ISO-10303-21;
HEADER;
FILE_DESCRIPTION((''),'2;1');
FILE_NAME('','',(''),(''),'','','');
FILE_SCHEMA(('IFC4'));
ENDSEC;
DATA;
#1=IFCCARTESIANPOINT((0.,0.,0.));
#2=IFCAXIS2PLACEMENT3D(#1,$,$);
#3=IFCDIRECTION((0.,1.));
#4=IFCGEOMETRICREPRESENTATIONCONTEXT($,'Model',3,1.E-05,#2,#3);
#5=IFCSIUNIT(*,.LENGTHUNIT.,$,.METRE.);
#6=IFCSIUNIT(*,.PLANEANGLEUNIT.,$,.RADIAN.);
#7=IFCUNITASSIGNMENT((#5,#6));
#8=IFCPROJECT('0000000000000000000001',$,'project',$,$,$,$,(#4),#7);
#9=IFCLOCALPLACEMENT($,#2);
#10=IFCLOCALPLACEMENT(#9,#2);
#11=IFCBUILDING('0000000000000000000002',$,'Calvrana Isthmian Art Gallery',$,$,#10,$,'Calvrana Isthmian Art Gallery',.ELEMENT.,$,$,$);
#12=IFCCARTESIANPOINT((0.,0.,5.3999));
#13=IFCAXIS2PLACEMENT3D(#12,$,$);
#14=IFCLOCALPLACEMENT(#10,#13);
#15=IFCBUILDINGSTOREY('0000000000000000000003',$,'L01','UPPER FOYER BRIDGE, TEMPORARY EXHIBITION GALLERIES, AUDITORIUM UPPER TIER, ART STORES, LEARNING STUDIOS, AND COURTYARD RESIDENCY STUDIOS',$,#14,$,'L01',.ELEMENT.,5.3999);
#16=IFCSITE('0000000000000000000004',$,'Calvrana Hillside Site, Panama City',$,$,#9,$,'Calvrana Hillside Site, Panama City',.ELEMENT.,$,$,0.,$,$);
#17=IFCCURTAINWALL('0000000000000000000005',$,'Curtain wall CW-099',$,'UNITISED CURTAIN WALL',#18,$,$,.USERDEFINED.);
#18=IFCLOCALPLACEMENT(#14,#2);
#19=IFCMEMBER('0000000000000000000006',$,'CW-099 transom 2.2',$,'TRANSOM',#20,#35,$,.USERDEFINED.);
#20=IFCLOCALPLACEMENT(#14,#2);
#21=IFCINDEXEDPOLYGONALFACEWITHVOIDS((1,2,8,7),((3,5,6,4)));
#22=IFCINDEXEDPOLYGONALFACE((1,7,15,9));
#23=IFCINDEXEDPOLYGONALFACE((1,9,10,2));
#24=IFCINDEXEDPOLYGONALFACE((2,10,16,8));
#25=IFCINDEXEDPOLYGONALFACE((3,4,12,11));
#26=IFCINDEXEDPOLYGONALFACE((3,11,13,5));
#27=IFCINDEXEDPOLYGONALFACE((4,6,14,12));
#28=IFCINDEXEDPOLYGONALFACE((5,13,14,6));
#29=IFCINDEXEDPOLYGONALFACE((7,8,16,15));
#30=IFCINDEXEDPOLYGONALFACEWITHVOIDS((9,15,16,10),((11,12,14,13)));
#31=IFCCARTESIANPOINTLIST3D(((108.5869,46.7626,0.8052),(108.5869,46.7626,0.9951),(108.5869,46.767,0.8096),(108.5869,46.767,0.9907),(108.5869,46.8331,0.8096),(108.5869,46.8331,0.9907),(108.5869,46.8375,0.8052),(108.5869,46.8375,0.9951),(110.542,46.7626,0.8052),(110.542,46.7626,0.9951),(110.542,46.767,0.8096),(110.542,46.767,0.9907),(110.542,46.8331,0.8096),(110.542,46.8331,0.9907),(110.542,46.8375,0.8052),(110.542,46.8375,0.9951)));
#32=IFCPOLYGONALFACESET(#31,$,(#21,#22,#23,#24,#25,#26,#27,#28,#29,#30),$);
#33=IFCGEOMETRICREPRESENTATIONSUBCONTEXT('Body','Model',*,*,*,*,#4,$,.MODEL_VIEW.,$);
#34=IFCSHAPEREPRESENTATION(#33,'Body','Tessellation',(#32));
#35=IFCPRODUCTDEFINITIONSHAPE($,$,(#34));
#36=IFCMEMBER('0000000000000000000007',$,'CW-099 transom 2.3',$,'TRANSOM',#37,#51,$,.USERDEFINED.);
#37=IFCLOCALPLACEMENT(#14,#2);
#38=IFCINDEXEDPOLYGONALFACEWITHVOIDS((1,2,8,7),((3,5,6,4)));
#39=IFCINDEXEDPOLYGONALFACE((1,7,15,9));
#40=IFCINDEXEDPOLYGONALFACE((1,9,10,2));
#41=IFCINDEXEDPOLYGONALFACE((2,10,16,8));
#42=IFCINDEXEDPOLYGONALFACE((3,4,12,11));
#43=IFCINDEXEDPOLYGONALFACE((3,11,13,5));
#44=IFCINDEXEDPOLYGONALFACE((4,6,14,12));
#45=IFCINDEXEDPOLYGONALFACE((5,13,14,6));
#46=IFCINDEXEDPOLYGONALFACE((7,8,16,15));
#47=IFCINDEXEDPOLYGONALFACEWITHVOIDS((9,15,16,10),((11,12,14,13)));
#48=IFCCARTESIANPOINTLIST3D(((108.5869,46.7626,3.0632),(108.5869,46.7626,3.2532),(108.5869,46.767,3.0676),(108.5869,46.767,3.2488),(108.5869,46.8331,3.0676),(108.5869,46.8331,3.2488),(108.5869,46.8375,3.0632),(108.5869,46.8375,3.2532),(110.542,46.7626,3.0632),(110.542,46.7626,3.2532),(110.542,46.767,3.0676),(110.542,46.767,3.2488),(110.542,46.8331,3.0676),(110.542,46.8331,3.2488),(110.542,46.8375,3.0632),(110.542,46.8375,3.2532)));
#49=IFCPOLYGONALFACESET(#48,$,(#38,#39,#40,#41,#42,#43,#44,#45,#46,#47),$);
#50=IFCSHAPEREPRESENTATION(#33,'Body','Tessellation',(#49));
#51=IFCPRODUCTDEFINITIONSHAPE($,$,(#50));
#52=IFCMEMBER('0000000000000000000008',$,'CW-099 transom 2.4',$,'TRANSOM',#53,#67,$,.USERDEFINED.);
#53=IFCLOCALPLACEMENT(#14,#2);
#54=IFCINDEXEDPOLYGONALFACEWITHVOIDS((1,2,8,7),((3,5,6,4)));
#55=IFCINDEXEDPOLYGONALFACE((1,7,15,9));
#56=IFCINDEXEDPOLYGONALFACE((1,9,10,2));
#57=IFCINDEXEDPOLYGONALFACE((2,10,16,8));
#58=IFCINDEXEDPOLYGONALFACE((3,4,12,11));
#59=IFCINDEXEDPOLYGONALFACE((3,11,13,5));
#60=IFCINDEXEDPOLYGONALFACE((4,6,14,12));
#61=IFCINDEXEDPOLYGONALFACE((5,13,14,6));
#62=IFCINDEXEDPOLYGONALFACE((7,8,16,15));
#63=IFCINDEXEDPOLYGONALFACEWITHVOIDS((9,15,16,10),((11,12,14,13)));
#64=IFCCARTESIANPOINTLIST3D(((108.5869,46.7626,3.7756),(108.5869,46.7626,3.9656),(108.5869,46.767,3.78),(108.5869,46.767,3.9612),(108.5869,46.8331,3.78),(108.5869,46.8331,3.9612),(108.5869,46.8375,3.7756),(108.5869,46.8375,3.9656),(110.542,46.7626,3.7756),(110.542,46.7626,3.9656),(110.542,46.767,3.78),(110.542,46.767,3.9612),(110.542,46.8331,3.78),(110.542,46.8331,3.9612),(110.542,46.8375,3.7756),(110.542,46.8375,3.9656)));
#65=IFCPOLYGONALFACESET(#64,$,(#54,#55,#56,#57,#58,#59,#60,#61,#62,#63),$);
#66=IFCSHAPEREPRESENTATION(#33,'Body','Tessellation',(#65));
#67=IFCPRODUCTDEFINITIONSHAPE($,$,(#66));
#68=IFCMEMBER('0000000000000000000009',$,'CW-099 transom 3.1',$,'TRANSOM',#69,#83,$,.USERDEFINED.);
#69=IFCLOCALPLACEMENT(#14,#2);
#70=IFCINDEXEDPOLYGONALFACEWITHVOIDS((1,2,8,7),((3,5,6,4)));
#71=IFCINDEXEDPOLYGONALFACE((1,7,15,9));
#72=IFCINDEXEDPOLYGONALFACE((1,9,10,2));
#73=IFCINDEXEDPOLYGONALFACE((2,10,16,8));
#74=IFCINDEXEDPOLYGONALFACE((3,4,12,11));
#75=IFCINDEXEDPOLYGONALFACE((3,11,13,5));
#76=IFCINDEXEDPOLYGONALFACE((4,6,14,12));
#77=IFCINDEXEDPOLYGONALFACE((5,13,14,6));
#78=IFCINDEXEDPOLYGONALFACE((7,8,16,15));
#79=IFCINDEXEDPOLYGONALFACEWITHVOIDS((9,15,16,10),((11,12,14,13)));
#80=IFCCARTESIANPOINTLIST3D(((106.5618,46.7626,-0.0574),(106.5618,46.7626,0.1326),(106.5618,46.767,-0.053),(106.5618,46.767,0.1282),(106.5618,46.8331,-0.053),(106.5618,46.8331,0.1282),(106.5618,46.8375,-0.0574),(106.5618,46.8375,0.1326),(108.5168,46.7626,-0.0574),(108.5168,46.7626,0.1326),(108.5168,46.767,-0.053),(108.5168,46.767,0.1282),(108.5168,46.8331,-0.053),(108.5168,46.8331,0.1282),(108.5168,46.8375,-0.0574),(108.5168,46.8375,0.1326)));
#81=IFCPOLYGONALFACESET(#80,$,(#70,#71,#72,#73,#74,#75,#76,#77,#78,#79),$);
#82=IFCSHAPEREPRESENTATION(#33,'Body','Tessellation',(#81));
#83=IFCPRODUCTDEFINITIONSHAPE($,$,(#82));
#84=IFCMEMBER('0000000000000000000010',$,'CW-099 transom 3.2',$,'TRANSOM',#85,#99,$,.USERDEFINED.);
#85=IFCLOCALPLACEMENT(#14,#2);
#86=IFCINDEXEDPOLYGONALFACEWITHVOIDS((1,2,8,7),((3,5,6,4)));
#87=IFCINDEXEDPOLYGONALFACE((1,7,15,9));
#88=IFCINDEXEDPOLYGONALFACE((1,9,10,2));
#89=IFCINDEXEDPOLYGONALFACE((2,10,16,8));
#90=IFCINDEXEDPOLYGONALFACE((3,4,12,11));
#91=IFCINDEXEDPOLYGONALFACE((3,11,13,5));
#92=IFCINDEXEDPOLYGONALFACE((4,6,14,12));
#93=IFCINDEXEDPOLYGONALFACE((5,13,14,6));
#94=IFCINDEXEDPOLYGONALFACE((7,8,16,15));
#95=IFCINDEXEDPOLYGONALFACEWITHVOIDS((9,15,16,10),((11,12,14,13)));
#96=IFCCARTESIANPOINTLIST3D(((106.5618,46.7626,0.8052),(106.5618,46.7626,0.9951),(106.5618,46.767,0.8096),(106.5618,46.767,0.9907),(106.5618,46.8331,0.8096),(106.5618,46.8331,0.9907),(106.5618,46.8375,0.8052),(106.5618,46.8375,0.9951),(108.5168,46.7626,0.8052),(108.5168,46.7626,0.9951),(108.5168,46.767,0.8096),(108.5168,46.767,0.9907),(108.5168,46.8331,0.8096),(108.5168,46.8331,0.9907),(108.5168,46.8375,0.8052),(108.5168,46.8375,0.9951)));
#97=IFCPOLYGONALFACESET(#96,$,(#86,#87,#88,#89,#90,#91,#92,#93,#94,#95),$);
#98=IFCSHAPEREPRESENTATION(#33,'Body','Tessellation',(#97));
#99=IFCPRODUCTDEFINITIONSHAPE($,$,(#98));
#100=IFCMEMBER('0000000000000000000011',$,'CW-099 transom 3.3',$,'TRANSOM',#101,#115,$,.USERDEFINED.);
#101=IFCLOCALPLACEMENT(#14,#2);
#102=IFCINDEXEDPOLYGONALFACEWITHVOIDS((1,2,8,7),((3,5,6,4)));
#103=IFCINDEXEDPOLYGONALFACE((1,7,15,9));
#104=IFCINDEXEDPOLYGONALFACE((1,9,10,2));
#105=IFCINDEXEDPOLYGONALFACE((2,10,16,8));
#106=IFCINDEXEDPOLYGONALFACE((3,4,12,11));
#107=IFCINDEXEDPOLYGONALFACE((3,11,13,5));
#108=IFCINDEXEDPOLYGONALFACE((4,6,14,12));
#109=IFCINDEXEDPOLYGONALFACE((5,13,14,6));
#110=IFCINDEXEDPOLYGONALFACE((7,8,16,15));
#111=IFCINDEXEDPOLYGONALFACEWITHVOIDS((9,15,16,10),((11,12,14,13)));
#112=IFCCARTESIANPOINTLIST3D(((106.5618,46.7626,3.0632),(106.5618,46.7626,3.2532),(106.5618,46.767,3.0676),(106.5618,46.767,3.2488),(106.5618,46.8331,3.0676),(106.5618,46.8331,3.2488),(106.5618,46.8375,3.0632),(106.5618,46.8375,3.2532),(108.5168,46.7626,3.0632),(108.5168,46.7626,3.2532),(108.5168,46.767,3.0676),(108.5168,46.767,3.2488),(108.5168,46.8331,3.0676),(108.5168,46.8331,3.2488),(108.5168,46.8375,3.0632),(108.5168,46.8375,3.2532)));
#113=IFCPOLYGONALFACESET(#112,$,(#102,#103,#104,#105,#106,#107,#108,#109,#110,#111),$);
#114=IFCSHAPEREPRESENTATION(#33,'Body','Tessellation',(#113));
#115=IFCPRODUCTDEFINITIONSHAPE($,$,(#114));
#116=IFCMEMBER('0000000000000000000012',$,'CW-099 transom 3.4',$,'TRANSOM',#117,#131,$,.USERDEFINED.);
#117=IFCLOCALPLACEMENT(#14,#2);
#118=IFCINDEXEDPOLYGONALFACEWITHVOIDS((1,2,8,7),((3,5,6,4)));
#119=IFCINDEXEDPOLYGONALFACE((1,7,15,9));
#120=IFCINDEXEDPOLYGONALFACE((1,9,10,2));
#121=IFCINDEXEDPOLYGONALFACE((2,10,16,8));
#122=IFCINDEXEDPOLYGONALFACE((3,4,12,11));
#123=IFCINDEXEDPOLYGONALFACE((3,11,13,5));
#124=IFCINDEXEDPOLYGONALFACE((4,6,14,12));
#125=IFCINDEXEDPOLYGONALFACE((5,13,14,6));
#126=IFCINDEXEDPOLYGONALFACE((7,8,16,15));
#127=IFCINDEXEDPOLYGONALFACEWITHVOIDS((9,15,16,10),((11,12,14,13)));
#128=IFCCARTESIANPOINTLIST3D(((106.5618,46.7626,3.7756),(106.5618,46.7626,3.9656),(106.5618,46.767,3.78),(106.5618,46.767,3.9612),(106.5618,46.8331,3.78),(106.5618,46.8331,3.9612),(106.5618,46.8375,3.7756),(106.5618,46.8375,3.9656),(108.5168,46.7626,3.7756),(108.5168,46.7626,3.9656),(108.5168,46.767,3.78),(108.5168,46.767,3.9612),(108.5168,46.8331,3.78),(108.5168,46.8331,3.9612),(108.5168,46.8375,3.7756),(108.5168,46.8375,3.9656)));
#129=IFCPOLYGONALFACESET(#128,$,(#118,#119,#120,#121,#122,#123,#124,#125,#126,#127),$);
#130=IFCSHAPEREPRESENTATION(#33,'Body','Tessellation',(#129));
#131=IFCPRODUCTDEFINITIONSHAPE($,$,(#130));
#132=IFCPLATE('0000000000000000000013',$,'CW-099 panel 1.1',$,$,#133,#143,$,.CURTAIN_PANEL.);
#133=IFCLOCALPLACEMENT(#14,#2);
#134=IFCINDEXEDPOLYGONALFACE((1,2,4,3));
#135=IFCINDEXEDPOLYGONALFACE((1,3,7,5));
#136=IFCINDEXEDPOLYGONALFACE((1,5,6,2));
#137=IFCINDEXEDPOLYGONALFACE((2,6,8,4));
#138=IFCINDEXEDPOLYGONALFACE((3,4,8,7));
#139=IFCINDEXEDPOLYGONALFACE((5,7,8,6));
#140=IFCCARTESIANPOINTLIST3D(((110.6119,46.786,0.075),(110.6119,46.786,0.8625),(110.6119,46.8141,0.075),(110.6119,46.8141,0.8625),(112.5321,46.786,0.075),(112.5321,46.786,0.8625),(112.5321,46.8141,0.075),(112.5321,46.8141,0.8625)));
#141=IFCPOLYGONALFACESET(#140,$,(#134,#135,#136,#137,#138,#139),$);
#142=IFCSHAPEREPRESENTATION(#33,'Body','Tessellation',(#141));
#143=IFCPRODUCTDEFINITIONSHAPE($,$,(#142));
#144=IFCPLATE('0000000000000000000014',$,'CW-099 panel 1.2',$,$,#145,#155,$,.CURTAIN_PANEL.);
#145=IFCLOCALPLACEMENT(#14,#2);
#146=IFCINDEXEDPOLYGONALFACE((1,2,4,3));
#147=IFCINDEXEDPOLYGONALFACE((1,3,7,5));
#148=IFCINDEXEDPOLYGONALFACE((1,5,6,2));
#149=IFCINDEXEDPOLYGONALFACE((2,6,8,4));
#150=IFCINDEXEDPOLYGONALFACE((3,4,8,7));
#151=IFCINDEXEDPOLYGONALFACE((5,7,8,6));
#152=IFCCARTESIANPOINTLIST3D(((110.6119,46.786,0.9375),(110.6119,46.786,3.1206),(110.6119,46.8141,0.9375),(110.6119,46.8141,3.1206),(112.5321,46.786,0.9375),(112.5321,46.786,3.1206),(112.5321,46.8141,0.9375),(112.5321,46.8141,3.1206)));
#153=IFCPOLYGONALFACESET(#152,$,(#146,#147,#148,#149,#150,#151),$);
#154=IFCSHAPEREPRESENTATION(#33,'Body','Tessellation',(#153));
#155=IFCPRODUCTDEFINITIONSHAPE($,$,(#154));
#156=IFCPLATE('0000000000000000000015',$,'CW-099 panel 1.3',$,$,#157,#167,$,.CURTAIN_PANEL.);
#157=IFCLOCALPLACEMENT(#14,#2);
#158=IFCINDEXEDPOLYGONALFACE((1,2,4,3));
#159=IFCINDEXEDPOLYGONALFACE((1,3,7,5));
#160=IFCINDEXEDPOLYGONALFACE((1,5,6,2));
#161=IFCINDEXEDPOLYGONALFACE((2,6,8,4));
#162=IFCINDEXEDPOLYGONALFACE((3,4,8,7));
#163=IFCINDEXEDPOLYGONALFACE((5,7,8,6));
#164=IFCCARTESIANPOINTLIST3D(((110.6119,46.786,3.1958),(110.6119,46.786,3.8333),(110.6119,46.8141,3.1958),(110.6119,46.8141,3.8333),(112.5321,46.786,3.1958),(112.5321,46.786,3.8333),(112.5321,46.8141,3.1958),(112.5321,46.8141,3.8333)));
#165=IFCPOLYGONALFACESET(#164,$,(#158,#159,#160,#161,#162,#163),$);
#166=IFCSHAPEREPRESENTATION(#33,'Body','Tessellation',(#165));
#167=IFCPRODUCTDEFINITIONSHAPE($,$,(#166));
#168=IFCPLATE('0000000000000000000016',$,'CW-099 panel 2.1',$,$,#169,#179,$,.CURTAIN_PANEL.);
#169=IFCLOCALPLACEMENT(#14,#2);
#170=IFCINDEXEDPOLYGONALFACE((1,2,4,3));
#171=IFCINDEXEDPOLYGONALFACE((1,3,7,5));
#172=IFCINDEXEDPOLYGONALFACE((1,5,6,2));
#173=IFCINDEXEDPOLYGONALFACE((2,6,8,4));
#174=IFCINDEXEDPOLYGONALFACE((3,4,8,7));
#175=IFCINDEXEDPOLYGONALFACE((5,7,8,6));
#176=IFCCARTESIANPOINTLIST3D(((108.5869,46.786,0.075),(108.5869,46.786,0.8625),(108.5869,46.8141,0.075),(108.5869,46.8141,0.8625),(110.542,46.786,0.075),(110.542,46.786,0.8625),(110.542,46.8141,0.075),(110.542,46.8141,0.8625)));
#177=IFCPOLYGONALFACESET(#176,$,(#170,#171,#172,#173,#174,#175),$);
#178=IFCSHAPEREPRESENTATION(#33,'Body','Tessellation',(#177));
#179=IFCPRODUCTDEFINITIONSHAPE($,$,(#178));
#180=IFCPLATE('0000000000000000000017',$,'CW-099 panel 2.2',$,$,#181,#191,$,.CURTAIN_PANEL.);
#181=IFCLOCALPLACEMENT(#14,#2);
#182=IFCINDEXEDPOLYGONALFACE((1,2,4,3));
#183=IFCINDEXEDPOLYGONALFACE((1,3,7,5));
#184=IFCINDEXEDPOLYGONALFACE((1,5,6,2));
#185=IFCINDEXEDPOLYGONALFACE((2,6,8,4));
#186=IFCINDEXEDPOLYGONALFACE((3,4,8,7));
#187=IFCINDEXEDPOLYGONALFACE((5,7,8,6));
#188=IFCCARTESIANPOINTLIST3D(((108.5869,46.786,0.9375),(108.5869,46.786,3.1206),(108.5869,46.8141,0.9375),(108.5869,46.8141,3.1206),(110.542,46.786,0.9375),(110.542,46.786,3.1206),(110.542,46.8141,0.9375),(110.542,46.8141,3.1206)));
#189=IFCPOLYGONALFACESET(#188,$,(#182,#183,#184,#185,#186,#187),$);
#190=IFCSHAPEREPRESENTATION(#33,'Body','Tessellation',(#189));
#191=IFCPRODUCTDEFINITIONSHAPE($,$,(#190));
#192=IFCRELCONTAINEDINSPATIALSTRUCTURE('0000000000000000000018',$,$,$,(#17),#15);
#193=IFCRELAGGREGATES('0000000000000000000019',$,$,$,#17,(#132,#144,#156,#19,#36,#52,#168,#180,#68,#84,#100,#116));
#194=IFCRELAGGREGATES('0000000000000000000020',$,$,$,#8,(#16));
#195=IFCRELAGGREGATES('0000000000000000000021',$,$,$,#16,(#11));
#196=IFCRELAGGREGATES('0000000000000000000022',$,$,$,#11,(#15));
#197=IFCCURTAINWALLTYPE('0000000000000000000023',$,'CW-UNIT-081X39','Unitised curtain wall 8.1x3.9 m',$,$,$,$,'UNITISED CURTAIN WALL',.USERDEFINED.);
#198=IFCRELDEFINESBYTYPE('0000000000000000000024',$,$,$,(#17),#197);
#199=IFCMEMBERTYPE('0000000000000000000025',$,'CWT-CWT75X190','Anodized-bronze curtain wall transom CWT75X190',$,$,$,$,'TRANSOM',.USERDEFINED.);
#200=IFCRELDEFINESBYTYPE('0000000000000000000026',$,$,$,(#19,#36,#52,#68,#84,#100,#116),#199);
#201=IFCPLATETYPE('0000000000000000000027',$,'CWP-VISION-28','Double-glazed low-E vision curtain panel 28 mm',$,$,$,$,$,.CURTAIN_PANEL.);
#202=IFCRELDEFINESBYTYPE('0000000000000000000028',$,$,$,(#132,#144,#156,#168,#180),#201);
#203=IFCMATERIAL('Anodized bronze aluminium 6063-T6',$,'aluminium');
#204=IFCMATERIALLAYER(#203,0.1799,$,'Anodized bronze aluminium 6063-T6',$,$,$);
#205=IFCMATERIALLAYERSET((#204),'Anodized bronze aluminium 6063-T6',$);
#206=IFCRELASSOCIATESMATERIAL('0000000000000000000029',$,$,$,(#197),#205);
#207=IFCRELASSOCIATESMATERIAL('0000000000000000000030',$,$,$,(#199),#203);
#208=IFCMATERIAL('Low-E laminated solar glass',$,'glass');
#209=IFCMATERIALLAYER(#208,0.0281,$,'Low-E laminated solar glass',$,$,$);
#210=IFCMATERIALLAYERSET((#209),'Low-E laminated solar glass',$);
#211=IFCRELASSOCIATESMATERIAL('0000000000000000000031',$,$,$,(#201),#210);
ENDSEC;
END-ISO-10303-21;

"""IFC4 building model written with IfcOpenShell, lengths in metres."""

from ifc_helpers import new_model, si_unit, direction, frame, origin, origin_2d, place, context, subcontext, project, spatial, rectangle, hollow_rectangle, extrude, material, layer, layer_set, material_profile, profile_set, type_object, element, aggregate, save


model = new_model("IFC4")

# Units and contexts
model_context = context("Model", 3, precision=1e-05, world=origin(), true_north=direction((0.0, 1.0)))
body_context = subcontext(model_context, "Body", "Model", "MODEL_VIEW")
ifc_project = project(units=[si_unit("LENGTHUNIT", "METRE"), si_unit("PLANEANGLEUNIT", "RADIAN")], contexts=[model_context])

# Site, building, storey
site_placement = place(None, origin())
site = spatial("IfcSite", under=ifc_project, at=site_placement, Name="Calvrana Hillside Site, Panama City", LongName="Calvrana Hillside Site, Panama City", CompositionType="ELEMENT", RefElevation=0.0)
building_placement = place(site_placement, origin())
building = spatial("IfcBuilding", under=site, at=building_placement, Name="Calvrana Isthmian Art Gallery", LongName="Calvrana Isthmian Art Gallery", CompositionType="ELEMENT")
storey_placement = place(building_placement, frame((0.0, 0.0, 5.3999)))
storey = spatial("IfcBuildingStorey", under=building, at=storey_placement, Name="L01", Description="UPPER FOYER BRIDGE, TEMPORARY EXHIBITION GALLERIES, AUDITORIUM UPPER TIER, ART STORES, LEARNING STUDIOS, AND COURTYARD RESIDENCY STUDIOS", LongName="L01", CompositionType="ELEMENT", Elevation=5.3999)

# Curtain wall, members, plates
ifc_material_1 = material(Name="Anodized bronze aluminium 6063-T6", Category="aluminium")
ifc_layer_1 = layer(ifc_material_1, 0.1799, Name="Anodized bronze aluminium 6063-T6")
ifc_layer_set_1 = layer_set([ifc_layer_1], Name="Anodized bronze aluminium 6063-T6")
curtain_wall_type = type_object("IfcCurtainWallType", Name="CW-UNIT-081X39", Description="Unitised curtain wall 8.1x3.9 m", ElementType="UNITISED CURTAIN WALL", PredefinedType="USERDEFINED", material=ifc_layer_set_1)
curtain_wall_placement = place(storey_placement, origin())
curtain_wall = element("IfcCurtainWall", 1, at=curtain_wall_placement, inside=storey, type_object=curtain_wall_type, Name="Curtain wall CW-099", ObjectType="UNITISED CURTAIN WALL", PredefinedType="USERDEFINED")
ifc_material_profile_1 = material_profile(ifc_material_1, hollow_rectangle(XDim=0.075, YDim=0.1899, WallThickness=0.0044, at=origin_2d()), Name="CWT75X190")
ifc_profile_set_1 = profile_set([ifc_material_profile_1], Name="Anodized bronze aluminium 6063-T6")
member_type_1 = type_object("IfcMemberType", Name="CWT-CWT75X190", Description="Anodized-bronze curtain wall transom CWT75X190", ElementType="TRANSOM", PredefinedType="USERDEFINED", material=ifc_profile_set_1)
member_1_placement = place(storey_placement, frame((110.542, 46.8, 0.9001), z_axis=(-1.0, 0.0, 0.0), x_axis=(0.0, -1.0, 0.0)))
member_1 = element("IfcMember", 2, at=member_1_placement, type_object=member_type_1, Name="CW-099 transom 2.2", ObjectType="TRANSOM", PredefinedType="USERDEFINED", context=body_context, shape_type="SweptSolid", body=[
    extrude(hollow_rectangle(XDim=0.075, YDim=0.1899, WallThickness=0.0044, at=origin_2d()), origin(), (0.0, 0.0, 1.0), 1.9551),
])
member_2_placement = place(storey_placement, frame((110.542, 46.8, 3.1582), z_axis=(-1.0, 0.0, 0.0), x_axis=(0.0, -1.0, 0.0)))
member_2 = element("IfcMember", 3, at=member_2_placement, type_object=member_type_1, Name="CW-099 transom 2.3", ObjectType="TRANSOM", PredefinedType="USERDEFINED", context=body_context, shape_type="SweptSolid", body=[
    extrude(hollow_rectangle(XDim=0.075, YDim=0.1899, WallThickness=0.0044, at=origin_2d()), origin(), (0.0, 0.0, 1.0), 1.9551),
])
member_3_placement = place(storey_placement, frame((110.542, 46.8, 3.8706), z_axis=(-1.0, 0.0, 0.0), x_axis=(0.0, -1.0, 0.0)))
member_3 = element("IfcMember", 4, at=member_3_placement, type_object=member_type_1, Name="CW-099 transom 2.4", ObjectType="TRANSOM", PredefinedType="USERDEFINED", context=body_context, shape_type="SweptSolid", body=[
    extrude(hollow_rectangle(XDim=0.075, YDim=0.1899, WallThickness=0.0044, at=origin_2d()), origin(), (0.0, 0.0, 1.0), 1.9551),
])
member_4_placement = place(storey_placement, frame((108.5168, 46.8, 0.0376), z_axis=(-1.0, 0.0, 0.0), x_axis=(0.0, -1.0, 0.0)))
member_4 = element("IfcMember", 5, at=member_4_placement, type_object=member_type_1, Name="CW-099 transom 3.1", ObjectType="TRANSOM", PredefinedType="USERDEFINED", context=body_context, shape_type="SweptSolid", body=[
    extrude(hollow_rectangle(XDim=0.075, YDim=0.1899, WallThickness=0.0044, at=origin_2d()), origin(), (0.0, 0.0, 1.0), 1.9551),
])
member_5_placement = place(storey_placement, frame((108.5168, 46.8, 0.9001), z_axis=(-1.0, 0.0, 0.0), x_axis=(0.0, -1.0, 0.0)))
member_5 = element("IfcMember", 6, at=member_5_placement, type_object=member_type_1, Name="CW-099 transom 3.2", ObjectType="TRANSOM", PredefinedType="USERDEFINED", context=body_context, shape_type="SweptSolid", body=[
    extrude(hollow_rectangle(XDim=0.075, YDim=0.1899, WallThickness=0.0044, at=origin_2d()), origin(), (0.0, 0.0, 1.0), 1.9551),
])
member_6_placement = place(storey_placement, frame((108.5168, 46.8, 3.1582), z_axis=(-1.0, 0.0, 0.0), x_axis=(0.0, -1.0, 0.0)))
member_6 = element("IfcMember", 7, at=member_6_placement, type_object=member_type_1, Name="CW-099 transom 3.3", ObjectType="TRANSOM", PredefinedType="USERDEFINED", context=body_context, shape_type="SweptSolid", body=[
    extrude(hollow_rectangle(XDim=0.075, YDim=0.1899, WallThickness=0.0044, at=origin_2d()), origin(), (0.0, 0.0, 1.0), 1.9551),
])
member_7_placement = place(storey_placement, frame((108.5168, 46.8, 3.8706), z_axis=(-1.0, 0.0, 0.0), x_axis=(0.0, -1.0, 0.0)))
member_7 = element("IfcMember", 8, at=member_7_placement, type_object=member_type_1, Name="CW-099 transom 3.4", ObjectType="TRANSOM", PredefinedType="USERDEFINED", context=body_context, shape_type="SweptSolid", body=[
    extrude(hollow_rectangle(XDim=0.075, YDim=0.1899, WallThickness=0.0044, at=origin_2d()), origin(), (0.0, 0.0, 1.0), 1.9551),
])
ifc_material_2 = material(Name="Low-E laminated solar glass", Category="glass")
ifc_layer_2 = layer(ifc_material_2, 0.0281, Name="Low-E laminated solar glass")
ifc_layer_set_2 = layer_set([ifc_layer_2], Name="Low-E laminated solar glass")
plate_type = type_object("IfcPlateType", Name="CWP-VISION-28", Description="Double-glazed low-E vision curtain panel 28 mm", PredefinedType="CURTAIN_PANEL", material=ifc_layer_set_2)
plate_1_placement = place(storey_placement, frame((111.572, 46.8, 0.075), z_axis=(0.0, 0.0, 1.0), x_axis=(-1.0, 0.0, 0.0)))
plate_1 = element("IfcPlate", 9, at=plate_1_placement, type_object=plate_type, Name="CW-099 panel 1.1", PredefinedType="CURTAIN_PANEL", context=body_context, shape_type="SweptSolid", body=[
    extrude(rectangle(XDim=1.9202, YDim=0.0281, at=origin_2d()), origin(), (0.0, 0.0, 1.0), 0.7876),
])
plate_2_placement = place(storey_placement, frame((111.572, 46.8, 0.9375), z_axis=(0.0, 0.0, 1.0), x_axis=(-1.0, 0.0, 0.0)))
plate_2 = element("IfcPlate", 10, at=plate_2_placement, type_object=plate_type, Name="CW-099 panel 1.2", PredefinedType="CURTAIN_PANEL", context=body_context, shape_type="SweptSolid", body=[
    extrude(rectangle(XDim=1.9202, YDim=0.0281, at=origin_2d()), origin(), (0.0, 0.0, 1.0), 2.1831),
])
plate_3_placement = place(storey_placement, frame((111.572, 46.8, 3.1958), z_axis=(0.0, 0.0, 1.0), x_axis=(-1.0, 0.0, 0.0)))
plate_3 = element("IfcPlate", 11, at=plate_3_placement, type_object=plate_type, Name="CW-099 panel 1.3", PredefinedType="CURTAIN_PANEL", context=body_context, shape_type="SweptSolid", body=[
    extrude(rectangle(XDim=1.9202, YDim=0.0281, at=origin_2d()), origin(), (0.0, 0.0, 1.0), 0.6375),
])
plate_4_placement = place(storey_placement, frame((109.5645, 46.8, 0.075), z_axis=(0.0, 0.0, 1.0), x_axis=(-1.0, 0.0, 0.0)))
plate_4 = element("IfcPlate", 12, at=plate_4_placement, type_object=plate_type, Name="CW-099 panel 2.1", PredefinedType="CURTAIN_PANEL", context=body_context, shape_type="SweptSolid", body=[
    extrude(rectangle(XDim=1.9551, YDim=0.0281, at=origin_2d()), origin(), (0.0, 0.0, 1.0), 0.7876),
])
plate_5_placement = place(storey_placement, frame((109.5645, 46.8, 0.9375), z_axis=(0.0, 0.0, 1.0), x_axis=(-1.0, 0.0, 0.0)))
plate_5 = element("IfcPlate", 13, at=plate_5_placement, type_object=plate_type, Name="CW-099 panel 2.2", PredefinedType="CURTAIN_PANEL", context=body_context, shape_type="SweptSolid", body=[
    extrude(rectangle(XDim=1.9551, YDim=0.0281, at=origin_2d()), origin(), (0.0, 0.0, 1.0), 2.1831),
])
aggregate(curtain_wall, [plate_1, plate_2, plate_3, member_1, member_2, member_3, plate_4, plate_5, member_4, member_5, member_6, member_7])

save(model, "model.ifc")
